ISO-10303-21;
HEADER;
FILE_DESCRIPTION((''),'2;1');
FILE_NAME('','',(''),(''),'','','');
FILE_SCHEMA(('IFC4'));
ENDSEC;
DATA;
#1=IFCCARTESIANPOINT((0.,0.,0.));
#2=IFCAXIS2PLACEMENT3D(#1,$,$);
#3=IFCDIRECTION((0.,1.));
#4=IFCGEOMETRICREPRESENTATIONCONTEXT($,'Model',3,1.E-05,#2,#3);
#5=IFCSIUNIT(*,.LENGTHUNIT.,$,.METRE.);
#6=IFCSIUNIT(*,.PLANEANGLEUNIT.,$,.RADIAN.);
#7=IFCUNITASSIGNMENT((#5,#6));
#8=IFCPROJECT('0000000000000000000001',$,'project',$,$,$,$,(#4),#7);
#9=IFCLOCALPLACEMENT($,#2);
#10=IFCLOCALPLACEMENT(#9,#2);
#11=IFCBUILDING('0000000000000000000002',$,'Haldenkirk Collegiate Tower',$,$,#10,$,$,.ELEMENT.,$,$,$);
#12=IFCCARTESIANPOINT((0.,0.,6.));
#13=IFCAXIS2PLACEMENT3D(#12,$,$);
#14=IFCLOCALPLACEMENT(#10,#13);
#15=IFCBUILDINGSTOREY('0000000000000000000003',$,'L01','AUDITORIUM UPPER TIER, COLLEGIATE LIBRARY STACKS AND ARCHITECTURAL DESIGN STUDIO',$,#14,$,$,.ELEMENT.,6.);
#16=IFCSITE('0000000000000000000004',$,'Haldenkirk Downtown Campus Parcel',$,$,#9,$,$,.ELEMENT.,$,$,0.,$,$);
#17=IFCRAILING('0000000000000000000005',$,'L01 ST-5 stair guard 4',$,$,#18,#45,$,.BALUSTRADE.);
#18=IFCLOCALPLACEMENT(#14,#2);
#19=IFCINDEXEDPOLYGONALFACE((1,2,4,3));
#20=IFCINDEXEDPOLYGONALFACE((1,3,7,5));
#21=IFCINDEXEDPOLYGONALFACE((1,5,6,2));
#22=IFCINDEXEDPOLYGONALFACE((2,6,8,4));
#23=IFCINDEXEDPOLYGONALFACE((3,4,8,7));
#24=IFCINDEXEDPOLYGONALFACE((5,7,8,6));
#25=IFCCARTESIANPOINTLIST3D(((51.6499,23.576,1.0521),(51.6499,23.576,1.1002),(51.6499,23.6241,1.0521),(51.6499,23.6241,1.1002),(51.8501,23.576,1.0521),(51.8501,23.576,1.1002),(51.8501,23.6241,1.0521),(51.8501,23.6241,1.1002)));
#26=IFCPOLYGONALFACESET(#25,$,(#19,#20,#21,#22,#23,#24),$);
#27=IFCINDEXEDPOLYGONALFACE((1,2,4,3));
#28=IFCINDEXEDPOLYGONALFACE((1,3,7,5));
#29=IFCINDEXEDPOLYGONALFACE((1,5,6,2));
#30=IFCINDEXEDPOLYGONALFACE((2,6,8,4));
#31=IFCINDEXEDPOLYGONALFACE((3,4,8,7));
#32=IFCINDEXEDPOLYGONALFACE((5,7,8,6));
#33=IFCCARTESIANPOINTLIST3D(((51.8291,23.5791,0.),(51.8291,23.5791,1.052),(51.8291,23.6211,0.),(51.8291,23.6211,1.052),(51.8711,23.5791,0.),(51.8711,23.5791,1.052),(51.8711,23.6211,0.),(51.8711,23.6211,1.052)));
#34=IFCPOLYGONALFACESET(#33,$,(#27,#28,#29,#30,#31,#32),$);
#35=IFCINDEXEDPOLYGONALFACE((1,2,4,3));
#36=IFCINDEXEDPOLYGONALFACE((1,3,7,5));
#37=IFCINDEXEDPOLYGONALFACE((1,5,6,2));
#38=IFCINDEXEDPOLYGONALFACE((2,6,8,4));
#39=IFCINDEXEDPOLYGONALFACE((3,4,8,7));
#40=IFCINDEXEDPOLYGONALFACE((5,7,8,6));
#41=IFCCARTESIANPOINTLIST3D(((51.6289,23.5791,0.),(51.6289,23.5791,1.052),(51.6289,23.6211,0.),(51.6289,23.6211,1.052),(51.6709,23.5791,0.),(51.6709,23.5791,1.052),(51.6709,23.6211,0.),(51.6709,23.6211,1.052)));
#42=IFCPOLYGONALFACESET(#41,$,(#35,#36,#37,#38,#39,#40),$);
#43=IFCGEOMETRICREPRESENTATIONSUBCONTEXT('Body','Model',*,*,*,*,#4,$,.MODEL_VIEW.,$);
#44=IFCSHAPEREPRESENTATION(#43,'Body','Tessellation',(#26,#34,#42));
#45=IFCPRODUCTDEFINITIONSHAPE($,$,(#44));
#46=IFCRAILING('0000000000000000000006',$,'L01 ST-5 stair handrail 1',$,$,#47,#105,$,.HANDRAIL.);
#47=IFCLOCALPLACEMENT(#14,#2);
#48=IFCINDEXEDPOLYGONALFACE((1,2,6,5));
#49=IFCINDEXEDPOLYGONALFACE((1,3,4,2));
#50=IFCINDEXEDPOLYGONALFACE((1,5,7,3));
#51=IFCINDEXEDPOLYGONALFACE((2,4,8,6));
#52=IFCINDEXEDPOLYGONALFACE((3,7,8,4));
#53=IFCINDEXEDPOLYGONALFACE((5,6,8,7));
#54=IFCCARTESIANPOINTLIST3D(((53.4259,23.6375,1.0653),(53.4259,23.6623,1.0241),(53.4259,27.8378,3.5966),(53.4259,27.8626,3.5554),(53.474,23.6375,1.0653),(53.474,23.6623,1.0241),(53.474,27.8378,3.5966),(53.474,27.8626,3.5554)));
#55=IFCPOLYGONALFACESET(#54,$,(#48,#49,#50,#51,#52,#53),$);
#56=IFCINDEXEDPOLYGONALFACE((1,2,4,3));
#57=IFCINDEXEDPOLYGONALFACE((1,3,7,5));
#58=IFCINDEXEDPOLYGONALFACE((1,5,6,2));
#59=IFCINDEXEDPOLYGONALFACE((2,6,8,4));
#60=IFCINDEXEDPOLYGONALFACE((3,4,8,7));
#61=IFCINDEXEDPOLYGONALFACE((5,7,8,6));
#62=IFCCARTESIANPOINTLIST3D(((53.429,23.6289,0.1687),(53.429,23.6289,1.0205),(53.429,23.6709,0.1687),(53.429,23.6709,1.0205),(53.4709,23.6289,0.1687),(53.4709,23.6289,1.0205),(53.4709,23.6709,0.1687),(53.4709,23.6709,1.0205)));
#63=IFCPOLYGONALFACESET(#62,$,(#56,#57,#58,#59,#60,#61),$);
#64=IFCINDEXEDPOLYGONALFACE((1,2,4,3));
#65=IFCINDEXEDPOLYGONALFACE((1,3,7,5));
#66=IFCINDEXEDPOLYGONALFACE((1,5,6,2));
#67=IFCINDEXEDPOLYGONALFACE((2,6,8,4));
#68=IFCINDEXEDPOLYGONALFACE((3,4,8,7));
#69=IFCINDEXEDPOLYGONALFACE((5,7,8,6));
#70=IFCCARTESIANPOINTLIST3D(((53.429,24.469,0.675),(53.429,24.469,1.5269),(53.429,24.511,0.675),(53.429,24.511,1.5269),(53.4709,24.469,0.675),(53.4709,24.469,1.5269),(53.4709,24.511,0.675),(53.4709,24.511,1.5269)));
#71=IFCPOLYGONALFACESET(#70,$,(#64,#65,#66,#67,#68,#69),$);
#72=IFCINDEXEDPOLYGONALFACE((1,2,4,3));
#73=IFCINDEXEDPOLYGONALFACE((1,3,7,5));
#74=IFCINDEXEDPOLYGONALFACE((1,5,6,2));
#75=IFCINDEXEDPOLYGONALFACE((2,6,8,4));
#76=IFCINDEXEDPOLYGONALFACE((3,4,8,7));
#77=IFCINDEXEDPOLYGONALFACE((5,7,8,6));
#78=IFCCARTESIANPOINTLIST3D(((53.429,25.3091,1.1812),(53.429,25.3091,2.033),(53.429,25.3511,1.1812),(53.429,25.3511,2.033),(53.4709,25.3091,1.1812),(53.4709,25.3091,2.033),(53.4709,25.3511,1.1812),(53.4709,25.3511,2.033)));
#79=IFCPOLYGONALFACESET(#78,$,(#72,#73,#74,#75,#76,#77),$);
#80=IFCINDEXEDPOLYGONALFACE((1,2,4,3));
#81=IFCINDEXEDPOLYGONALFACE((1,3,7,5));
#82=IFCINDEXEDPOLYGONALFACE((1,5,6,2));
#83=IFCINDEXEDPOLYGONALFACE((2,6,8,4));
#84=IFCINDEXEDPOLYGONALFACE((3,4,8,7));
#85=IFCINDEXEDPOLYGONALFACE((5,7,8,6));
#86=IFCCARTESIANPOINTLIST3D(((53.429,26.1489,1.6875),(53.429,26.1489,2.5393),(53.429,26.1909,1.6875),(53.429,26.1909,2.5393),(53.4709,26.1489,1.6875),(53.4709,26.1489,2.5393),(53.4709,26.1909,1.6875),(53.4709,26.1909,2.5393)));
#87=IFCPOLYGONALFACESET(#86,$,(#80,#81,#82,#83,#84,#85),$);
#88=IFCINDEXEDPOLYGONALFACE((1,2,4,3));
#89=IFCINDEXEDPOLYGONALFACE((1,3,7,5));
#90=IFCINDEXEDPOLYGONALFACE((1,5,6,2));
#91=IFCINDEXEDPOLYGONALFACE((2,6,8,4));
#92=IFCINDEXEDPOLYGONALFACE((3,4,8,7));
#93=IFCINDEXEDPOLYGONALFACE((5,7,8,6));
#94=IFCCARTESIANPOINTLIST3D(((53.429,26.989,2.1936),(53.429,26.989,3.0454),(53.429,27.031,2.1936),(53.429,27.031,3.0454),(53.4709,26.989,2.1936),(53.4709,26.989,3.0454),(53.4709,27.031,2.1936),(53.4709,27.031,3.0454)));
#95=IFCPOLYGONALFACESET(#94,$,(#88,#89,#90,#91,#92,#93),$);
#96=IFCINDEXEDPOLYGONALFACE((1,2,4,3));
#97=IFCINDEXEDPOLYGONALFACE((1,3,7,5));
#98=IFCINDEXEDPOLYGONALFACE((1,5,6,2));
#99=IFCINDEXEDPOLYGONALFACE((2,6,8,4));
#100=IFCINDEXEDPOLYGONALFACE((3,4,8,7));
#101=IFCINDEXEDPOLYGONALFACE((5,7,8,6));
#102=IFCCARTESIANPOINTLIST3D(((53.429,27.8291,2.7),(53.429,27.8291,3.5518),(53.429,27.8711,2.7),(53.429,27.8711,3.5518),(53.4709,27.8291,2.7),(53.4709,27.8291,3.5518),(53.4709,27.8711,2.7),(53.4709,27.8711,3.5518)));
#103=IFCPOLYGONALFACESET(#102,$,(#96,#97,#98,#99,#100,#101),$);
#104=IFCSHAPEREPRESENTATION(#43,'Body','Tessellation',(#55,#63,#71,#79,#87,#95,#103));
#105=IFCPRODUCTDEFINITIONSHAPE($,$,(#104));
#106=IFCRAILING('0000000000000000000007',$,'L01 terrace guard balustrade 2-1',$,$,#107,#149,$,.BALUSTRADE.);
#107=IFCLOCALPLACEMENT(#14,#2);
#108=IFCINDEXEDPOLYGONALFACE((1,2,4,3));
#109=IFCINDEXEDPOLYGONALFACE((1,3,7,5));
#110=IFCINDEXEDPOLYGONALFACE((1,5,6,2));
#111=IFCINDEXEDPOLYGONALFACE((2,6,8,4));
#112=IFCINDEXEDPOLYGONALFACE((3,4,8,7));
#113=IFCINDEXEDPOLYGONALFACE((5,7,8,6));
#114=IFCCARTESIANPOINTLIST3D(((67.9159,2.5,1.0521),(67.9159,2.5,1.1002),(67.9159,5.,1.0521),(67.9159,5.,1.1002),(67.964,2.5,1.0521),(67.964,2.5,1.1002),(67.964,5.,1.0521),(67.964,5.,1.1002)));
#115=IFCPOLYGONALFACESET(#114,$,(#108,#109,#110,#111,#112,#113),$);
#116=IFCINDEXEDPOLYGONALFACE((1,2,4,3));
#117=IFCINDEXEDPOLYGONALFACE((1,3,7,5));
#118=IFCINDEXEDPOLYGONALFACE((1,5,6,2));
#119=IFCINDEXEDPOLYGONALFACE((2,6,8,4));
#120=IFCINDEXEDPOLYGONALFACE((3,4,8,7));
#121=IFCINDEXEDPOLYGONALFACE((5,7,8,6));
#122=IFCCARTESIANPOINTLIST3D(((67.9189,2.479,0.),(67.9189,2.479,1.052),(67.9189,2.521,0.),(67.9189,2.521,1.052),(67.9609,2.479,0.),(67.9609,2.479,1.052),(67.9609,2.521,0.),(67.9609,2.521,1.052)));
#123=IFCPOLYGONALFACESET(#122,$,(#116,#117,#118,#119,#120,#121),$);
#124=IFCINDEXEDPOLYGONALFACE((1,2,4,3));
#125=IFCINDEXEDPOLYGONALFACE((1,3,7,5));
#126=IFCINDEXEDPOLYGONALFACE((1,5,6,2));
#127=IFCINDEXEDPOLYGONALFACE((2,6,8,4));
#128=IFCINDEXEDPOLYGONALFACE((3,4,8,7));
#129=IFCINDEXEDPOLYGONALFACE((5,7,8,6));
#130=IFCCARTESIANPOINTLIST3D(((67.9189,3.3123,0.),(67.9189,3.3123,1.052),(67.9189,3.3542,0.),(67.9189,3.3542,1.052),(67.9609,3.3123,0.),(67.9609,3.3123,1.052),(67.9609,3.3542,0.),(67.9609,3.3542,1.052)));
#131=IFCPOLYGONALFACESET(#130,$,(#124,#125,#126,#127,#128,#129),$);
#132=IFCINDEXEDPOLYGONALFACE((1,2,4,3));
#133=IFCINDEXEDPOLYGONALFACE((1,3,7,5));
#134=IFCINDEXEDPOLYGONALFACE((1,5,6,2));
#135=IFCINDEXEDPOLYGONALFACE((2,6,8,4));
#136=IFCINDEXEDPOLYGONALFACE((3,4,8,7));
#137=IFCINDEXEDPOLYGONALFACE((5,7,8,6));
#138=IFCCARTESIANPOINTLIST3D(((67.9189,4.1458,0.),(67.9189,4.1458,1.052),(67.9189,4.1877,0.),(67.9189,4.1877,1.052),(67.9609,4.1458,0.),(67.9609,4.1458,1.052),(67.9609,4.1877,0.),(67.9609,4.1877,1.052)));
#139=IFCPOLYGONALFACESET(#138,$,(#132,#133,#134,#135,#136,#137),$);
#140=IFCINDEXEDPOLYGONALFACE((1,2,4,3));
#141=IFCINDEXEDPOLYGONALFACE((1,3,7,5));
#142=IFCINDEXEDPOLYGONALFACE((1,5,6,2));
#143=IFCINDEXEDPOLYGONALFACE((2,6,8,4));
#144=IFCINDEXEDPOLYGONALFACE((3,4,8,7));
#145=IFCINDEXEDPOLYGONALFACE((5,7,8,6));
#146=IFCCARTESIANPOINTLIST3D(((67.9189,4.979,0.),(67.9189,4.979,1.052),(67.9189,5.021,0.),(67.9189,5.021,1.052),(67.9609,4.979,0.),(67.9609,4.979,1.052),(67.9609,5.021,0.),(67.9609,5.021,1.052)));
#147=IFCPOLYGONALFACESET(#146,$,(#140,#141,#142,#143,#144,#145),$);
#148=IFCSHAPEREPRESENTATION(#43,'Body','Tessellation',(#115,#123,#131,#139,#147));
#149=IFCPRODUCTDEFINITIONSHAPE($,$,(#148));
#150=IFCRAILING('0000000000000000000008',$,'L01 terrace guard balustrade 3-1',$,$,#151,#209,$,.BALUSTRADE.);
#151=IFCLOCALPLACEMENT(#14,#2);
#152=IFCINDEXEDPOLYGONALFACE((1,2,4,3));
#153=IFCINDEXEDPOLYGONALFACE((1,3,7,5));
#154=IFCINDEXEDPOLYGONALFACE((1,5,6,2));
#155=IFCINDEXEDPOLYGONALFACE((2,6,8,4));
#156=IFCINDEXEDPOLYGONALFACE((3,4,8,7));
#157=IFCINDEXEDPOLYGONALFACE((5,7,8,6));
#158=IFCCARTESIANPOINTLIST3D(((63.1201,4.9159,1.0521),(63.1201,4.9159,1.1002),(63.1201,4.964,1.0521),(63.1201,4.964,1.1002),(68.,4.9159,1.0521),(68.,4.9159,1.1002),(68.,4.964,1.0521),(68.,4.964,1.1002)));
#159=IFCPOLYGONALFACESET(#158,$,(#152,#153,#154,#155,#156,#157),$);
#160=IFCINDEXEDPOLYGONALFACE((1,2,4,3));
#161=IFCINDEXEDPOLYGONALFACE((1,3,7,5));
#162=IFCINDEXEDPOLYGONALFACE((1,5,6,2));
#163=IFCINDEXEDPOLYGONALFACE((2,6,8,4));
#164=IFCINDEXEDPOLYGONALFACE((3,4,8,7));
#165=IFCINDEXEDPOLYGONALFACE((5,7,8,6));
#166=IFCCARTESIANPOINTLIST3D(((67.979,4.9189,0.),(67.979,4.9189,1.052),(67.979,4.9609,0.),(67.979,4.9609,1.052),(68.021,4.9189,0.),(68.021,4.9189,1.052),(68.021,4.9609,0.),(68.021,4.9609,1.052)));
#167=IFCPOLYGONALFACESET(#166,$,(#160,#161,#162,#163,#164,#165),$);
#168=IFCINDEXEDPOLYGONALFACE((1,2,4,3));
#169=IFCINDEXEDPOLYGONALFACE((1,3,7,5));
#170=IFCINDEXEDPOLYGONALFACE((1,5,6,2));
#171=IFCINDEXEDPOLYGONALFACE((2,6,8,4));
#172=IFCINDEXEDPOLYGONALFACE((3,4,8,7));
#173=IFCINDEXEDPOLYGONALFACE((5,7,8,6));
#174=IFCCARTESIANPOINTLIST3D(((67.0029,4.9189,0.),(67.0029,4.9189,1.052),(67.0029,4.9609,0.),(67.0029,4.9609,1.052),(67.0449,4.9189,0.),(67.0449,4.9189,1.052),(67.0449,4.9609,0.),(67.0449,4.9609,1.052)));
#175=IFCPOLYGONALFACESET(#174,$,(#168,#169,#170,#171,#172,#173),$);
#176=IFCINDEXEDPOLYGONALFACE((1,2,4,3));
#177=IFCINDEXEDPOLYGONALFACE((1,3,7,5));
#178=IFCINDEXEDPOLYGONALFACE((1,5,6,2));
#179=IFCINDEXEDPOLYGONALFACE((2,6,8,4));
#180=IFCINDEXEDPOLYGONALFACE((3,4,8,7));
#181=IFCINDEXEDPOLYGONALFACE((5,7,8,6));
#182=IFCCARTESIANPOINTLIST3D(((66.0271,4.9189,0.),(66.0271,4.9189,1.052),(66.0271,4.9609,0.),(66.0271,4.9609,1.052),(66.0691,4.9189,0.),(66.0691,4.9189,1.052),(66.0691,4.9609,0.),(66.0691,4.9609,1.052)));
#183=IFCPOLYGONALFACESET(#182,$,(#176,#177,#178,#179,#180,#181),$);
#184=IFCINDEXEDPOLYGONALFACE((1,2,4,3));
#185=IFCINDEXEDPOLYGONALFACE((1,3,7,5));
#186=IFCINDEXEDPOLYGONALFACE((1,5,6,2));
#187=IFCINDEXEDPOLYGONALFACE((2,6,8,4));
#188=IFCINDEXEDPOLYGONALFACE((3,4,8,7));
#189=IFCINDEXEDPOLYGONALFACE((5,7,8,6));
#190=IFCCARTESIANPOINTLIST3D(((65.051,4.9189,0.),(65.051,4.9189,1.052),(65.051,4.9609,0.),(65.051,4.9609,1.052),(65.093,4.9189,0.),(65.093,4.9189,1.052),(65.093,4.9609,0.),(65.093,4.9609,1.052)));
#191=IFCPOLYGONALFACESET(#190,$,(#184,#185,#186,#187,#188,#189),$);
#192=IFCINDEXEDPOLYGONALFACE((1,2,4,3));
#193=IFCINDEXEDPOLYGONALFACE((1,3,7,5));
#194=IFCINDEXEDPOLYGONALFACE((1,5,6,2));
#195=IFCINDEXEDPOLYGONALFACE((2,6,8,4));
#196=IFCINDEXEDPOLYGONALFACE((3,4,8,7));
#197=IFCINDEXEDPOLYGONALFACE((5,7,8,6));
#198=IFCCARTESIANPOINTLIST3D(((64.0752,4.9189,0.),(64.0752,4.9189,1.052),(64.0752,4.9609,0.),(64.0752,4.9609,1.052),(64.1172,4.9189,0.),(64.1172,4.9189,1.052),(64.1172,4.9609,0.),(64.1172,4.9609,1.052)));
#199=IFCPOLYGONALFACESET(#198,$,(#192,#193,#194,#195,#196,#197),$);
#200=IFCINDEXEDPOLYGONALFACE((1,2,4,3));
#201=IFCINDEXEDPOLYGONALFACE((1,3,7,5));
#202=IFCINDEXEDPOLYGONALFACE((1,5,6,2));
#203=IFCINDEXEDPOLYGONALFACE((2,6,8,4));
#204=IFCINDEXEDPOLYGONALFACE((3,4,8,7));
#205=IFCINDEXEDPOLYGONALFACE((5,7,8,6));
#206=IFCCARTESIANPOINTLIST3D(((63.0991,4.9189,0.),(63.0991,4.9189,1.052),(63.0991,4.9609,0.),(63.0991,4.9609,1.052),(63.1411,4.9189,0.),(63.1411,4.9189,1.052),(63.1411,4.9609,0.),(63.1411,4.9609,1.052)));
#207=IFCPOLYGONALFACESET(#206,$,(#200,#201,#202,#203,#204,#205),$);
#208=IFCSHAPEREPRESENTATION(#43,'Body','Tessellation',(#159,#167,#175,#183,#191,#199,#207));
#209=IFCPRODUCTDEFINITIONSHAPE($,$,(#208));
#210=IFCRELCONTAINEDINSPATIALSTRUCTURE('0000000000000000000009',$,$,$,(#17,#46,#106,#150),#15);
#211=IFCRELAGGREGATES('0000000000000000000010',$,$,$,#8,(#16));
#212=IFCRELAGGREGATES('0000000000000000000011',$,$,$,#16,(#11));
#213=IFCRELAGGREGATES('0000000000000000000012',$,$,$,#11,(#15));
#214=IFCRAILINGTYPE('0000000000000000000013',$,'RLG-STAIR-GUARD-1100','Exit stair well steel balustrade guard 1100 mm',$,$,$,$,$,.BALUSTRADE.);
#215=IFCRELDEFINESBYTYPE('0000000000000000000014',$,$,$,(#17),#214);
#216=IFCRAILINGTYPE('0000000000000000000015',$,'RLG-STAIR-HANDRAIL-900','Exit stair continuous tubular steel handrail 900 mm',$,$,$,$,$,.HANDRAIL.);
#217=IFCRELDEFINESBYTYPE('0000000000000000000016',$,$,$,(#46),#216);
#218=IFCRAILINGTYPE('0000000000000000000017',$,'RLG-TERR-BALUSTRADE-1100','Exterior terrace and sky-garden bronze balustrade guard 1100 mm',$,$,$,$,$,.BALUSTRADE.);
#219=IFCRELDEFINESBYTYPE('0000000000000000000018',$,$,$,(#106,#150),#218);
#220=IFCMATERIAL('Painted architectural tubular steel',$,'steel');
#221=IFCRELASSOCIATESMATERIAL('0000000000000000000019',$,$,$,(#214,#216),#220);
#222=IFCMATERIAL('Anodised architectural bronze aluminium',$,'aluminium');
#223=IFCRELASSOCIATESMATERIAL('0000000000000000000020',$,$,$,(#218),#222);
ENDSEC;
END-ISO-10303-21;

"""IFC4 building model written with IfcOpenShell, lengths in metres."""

from ifc_helpers import new_model, si_unit, direction, frame, origin, origin_2d, place, context, subcontext, project, spatial, rectangle, extrude, material, type_object, element, save


model = new_model("IFC4")

# Units and contexts
model_context = context("Model", 3, precision=1e-05, world=origin(), true_north=direction((0.0, 1.0)))
body_context = subcontext(model_context, "Body", "Model", "MODEL_VIEW")
ifc_project = project(units=[si_unit("LENGTHUNIT", "METRE"), si_unit("PLANEANGLEUNIT", "RADIAN")], contexts=[model_context])

# Site, building, storey
site_placement = place(None, origin())
site = spatial("IfcSite", under=ifc_project, at=site_placement, Name="Haldenkirk Downtown Campus Parcel", CompositionType="ELEMENT", RefElevation=0.0)
building_placement = place(site_placement, origin())
building = spatial("IfcBuilding", under=site, at=building_placement, Name="Haldenkirk Collegiate Tower", CompositionType="ELEMENT")
storey_placement = place(building_placement, frame((0.0, 0.0, 6.0)))
storey = spatial("IfcBuildingStorey", under=building, at=storey_placement, Name="L01", Description="AUDITORIUM UPPER TIER, COLLEGIATE LIBRARY STACKS AND ARCHITECTURAL DESIGN STUDIO", CompositionType="ELEMENT", Elevation=6.0)

# Shared definitions
ifc_material_1 = material(Name="Anodised architectural bronze aluminium", Category="aluminium")

# Railings
ifc_material_2 = material(Name="Painted architectural tubular steel", Category="steel")
railing_type_1 = type_object("IfcRailingType", Name="RLG-STAIR-GUARD-1100", Description="Exit stair well steel balustrade guard 1100 mm", PredefinedType="BALUSTRADE", material=ifc_material_2)
railing_1_placement = place(storey_placement, frame((51.8501, 23.6001, 0.0)))
element("IfcRailing", 1, at=railing_1_placement, inside=storey, type_object=railing_type_1, Name="L01 ST-5 stair guard 4", PredefinedType="BALUSTRADE", context=body_context, shape_type="SweptSolid", body=[
    extrude(rectangle(XDim=0.0481, YDim=0.0481, at=origin_2d()), frame((0.0, 0.0, 1.0762), z_axis=(-1.0, 0.0, 0.0), x_axis=(0.0, -1.0, 0.0)), (0.0, 0.0, 1.0), 0.2002),
    extrude(rectangle(XDim=0.042, YDim=0.042, at=origin_2d()), origin(), (0.0, 0.0, 1.0), 1.052),
    extrude(rectangle(XDim=0.042, YDim=0.042, at=origin_2d()), frame((-0.2002, 0.0, 0.0)), (0.0, 0.0, 1.0), 1.052),
])
railing_type_2 = type_object("IfcRailingType", Name="RLG-STAIR-HANDRAIL-900", Description="Exit stair continuous tubular steel handrail 900 mm", PredefinedType="HANDRAIL", material=ifc_material_2)
railing_2_placement = place(storey_placement, frame((53.45, 23.6499, 0.1687)))
element("IfcRailing", 2, at=railing_2_placement, inside=storey, type_object=railing_type_2, Name="L01 ST-5 stair handrail 1", PredefinedType="HANDRAIL", context=body_context, shape_type="SweptSolid", body=[
    extrude(rectangle(XDim=0.0481, YDim=0.0481, at=origin_2d()), frame((0.0, 0.0, 0.876), z_axis=(0.0, 0.85649, 0.516164), x_axis=(-1.0, 0.0, 0.0)), (0.0, 0.0, 1.0), 4.9041),
    extrude(rectangle(XDim=0.042, YDim=0.042, at=origin_2d()), origin(), (0.0, 0.0, 1.0), 0.8518),
    extrude(rectangle(XDim=0.042, YDim=0.042, at=origin_2d()), frame((0.0, 0.8401, 0.5063)), (0.0, 0.0, 1.0), 0.8518),
    extrude(rectangle(XDim=0.042, YDim=0.042, at=origin_2d()), frame((0.0, 1.6802, 1.0125)), (0.0, 0.0, 1.0), 0.8518),
    extrude(rectangle(XDim=0.042, YDim=0.042, at=origin_2d()), frame((0.0, 2.52, 1.5188)), (0.0, 0.0, 1.0), 0.8518),
    extrude(rectangle(XDim=0.042, YDim=0.042, at=origin_2d()), frame((0.0, 3.3601, 2.0249)), (0.0, 0.0, 1.0), 0.8518),
    extrude(rectangle(XDim=0.042, YDim=0.042, at=origin_2d()), frame((0.0, 4.2002, 2.5312)), (0.0, 0.0, 1.0), 0.8518),
])
railing_type_3 = type_object("IfcRailingType", Name="RLG-TERR-BALUSTRADE-1100", Description="Exterior terrace and sky-garden bronze balustrade guard 1100 mm", PredefinedType="BALUSTRADE", material=ifc_material_1)
railing_3_placement = place(storey_placement, frame((67.9399, 2.5, 0.0)))
element("IfcRailing", 3, at=railing_3_placement, inside=storey, type_object=railing_type_3, Name="L01 terrace guard balustrade 2-1", PredefinedType="BALUSTRADE", context=body_context, shape_type="SweptSolid", body=[
    extrude(rectangle(XDim=0.0481, YDim=0.0481, at=origin_2d()), frame((0.0, 0.0, 1.0762), z_axis=(0.0, 1.0, 0.0), x_axis=(-1.0, 0.0, 0.0)), (0.0, 0.0, 1.0), 2.5),
    extrude(rectangle(XDim=0.042, YDim=0.042, at=origin_2d()), origin(), (0.0, 0.0, 1.0), 1.052),
    extrude(rectangle(XDim=0.042, YDim=0.042, at=origin_2d()), frame((0.0, 0.8333, 0.0)), (0.0, 0.0, 1.0), 1.052),
    extrude(rectangle(XDim=0.042, YDim=0.042, at=origin_2d()), frame((0.0, 1.6667, 0.0)), (0.0, 0.0, 1.0), 1.052),
    extrude(rectangle(XDim=0.042, YDim=0.042, at=origin_2d()), frame((0.0, 2.5, 0.0)), (0.0, 0.0, 1.0), 1.052),
])
railing_4_placement = place(storey_placement, frame((68.0, 4.9399, 0.0)))
element("IfcRailing", 4, at=railing_4_placement, inside=storey, type_object=railing_type_3, Name="L01 terrace guard balustrade 3-1", PredefinedType="BALUSTRADE", context=body_context, shape_type="SweptSolid", body=[
    extrude(rectangle(XDim=0.0481, YDim=0.0481, at=origin_2d()), frame((0.0, 0.0, 1.0762), z_axis=(-1.0, 0.0, 0.0), x_axis=(0.0, -1.0, 0.0)), (0.0, 0.0, 1.0), 4.8799),
    extrude(rectangle(XDim=0.042, YDim=0.042, at=origin_2d()), origin(), (0.0, 0.0, 1.0), 1.052),
    extrude(rectangle(XDim=0.042, YDim=0.042, at=origin_2d()), frame((-0.9761, 0.0, 0.0)), (0.0, 0.0, 1.0), 1.052),
    extrude(rectangle(XDim=0.042, YDim=0.042, at=origin_2d()), frame((-1.9519, 0.0, 0.0)), (0.0, 0.0, 1.0), 1.052),
    extrude(rectangle(XDim=0.042, YDim=0.042, at=origin_2d()), frame((-2.928, 0.0, 0.0)), (0.0, 0.0, 1.0), 1.052),
    extrude(rectangle(XDim=0.042, YDim=0.042, at=origin_2d()), frame((-3.9038, 0.0, 0.0)), (0.0, 0.0, 1.0), 1.052),
    extrude(rectangle(XDim=0.042, YDim=0.042, at=origin_2d()), frame((-4.8799, 0.0, 0.0)), (0.0, 0.0, 1.0), 1.052),
])

save(model, "model.ifc")
